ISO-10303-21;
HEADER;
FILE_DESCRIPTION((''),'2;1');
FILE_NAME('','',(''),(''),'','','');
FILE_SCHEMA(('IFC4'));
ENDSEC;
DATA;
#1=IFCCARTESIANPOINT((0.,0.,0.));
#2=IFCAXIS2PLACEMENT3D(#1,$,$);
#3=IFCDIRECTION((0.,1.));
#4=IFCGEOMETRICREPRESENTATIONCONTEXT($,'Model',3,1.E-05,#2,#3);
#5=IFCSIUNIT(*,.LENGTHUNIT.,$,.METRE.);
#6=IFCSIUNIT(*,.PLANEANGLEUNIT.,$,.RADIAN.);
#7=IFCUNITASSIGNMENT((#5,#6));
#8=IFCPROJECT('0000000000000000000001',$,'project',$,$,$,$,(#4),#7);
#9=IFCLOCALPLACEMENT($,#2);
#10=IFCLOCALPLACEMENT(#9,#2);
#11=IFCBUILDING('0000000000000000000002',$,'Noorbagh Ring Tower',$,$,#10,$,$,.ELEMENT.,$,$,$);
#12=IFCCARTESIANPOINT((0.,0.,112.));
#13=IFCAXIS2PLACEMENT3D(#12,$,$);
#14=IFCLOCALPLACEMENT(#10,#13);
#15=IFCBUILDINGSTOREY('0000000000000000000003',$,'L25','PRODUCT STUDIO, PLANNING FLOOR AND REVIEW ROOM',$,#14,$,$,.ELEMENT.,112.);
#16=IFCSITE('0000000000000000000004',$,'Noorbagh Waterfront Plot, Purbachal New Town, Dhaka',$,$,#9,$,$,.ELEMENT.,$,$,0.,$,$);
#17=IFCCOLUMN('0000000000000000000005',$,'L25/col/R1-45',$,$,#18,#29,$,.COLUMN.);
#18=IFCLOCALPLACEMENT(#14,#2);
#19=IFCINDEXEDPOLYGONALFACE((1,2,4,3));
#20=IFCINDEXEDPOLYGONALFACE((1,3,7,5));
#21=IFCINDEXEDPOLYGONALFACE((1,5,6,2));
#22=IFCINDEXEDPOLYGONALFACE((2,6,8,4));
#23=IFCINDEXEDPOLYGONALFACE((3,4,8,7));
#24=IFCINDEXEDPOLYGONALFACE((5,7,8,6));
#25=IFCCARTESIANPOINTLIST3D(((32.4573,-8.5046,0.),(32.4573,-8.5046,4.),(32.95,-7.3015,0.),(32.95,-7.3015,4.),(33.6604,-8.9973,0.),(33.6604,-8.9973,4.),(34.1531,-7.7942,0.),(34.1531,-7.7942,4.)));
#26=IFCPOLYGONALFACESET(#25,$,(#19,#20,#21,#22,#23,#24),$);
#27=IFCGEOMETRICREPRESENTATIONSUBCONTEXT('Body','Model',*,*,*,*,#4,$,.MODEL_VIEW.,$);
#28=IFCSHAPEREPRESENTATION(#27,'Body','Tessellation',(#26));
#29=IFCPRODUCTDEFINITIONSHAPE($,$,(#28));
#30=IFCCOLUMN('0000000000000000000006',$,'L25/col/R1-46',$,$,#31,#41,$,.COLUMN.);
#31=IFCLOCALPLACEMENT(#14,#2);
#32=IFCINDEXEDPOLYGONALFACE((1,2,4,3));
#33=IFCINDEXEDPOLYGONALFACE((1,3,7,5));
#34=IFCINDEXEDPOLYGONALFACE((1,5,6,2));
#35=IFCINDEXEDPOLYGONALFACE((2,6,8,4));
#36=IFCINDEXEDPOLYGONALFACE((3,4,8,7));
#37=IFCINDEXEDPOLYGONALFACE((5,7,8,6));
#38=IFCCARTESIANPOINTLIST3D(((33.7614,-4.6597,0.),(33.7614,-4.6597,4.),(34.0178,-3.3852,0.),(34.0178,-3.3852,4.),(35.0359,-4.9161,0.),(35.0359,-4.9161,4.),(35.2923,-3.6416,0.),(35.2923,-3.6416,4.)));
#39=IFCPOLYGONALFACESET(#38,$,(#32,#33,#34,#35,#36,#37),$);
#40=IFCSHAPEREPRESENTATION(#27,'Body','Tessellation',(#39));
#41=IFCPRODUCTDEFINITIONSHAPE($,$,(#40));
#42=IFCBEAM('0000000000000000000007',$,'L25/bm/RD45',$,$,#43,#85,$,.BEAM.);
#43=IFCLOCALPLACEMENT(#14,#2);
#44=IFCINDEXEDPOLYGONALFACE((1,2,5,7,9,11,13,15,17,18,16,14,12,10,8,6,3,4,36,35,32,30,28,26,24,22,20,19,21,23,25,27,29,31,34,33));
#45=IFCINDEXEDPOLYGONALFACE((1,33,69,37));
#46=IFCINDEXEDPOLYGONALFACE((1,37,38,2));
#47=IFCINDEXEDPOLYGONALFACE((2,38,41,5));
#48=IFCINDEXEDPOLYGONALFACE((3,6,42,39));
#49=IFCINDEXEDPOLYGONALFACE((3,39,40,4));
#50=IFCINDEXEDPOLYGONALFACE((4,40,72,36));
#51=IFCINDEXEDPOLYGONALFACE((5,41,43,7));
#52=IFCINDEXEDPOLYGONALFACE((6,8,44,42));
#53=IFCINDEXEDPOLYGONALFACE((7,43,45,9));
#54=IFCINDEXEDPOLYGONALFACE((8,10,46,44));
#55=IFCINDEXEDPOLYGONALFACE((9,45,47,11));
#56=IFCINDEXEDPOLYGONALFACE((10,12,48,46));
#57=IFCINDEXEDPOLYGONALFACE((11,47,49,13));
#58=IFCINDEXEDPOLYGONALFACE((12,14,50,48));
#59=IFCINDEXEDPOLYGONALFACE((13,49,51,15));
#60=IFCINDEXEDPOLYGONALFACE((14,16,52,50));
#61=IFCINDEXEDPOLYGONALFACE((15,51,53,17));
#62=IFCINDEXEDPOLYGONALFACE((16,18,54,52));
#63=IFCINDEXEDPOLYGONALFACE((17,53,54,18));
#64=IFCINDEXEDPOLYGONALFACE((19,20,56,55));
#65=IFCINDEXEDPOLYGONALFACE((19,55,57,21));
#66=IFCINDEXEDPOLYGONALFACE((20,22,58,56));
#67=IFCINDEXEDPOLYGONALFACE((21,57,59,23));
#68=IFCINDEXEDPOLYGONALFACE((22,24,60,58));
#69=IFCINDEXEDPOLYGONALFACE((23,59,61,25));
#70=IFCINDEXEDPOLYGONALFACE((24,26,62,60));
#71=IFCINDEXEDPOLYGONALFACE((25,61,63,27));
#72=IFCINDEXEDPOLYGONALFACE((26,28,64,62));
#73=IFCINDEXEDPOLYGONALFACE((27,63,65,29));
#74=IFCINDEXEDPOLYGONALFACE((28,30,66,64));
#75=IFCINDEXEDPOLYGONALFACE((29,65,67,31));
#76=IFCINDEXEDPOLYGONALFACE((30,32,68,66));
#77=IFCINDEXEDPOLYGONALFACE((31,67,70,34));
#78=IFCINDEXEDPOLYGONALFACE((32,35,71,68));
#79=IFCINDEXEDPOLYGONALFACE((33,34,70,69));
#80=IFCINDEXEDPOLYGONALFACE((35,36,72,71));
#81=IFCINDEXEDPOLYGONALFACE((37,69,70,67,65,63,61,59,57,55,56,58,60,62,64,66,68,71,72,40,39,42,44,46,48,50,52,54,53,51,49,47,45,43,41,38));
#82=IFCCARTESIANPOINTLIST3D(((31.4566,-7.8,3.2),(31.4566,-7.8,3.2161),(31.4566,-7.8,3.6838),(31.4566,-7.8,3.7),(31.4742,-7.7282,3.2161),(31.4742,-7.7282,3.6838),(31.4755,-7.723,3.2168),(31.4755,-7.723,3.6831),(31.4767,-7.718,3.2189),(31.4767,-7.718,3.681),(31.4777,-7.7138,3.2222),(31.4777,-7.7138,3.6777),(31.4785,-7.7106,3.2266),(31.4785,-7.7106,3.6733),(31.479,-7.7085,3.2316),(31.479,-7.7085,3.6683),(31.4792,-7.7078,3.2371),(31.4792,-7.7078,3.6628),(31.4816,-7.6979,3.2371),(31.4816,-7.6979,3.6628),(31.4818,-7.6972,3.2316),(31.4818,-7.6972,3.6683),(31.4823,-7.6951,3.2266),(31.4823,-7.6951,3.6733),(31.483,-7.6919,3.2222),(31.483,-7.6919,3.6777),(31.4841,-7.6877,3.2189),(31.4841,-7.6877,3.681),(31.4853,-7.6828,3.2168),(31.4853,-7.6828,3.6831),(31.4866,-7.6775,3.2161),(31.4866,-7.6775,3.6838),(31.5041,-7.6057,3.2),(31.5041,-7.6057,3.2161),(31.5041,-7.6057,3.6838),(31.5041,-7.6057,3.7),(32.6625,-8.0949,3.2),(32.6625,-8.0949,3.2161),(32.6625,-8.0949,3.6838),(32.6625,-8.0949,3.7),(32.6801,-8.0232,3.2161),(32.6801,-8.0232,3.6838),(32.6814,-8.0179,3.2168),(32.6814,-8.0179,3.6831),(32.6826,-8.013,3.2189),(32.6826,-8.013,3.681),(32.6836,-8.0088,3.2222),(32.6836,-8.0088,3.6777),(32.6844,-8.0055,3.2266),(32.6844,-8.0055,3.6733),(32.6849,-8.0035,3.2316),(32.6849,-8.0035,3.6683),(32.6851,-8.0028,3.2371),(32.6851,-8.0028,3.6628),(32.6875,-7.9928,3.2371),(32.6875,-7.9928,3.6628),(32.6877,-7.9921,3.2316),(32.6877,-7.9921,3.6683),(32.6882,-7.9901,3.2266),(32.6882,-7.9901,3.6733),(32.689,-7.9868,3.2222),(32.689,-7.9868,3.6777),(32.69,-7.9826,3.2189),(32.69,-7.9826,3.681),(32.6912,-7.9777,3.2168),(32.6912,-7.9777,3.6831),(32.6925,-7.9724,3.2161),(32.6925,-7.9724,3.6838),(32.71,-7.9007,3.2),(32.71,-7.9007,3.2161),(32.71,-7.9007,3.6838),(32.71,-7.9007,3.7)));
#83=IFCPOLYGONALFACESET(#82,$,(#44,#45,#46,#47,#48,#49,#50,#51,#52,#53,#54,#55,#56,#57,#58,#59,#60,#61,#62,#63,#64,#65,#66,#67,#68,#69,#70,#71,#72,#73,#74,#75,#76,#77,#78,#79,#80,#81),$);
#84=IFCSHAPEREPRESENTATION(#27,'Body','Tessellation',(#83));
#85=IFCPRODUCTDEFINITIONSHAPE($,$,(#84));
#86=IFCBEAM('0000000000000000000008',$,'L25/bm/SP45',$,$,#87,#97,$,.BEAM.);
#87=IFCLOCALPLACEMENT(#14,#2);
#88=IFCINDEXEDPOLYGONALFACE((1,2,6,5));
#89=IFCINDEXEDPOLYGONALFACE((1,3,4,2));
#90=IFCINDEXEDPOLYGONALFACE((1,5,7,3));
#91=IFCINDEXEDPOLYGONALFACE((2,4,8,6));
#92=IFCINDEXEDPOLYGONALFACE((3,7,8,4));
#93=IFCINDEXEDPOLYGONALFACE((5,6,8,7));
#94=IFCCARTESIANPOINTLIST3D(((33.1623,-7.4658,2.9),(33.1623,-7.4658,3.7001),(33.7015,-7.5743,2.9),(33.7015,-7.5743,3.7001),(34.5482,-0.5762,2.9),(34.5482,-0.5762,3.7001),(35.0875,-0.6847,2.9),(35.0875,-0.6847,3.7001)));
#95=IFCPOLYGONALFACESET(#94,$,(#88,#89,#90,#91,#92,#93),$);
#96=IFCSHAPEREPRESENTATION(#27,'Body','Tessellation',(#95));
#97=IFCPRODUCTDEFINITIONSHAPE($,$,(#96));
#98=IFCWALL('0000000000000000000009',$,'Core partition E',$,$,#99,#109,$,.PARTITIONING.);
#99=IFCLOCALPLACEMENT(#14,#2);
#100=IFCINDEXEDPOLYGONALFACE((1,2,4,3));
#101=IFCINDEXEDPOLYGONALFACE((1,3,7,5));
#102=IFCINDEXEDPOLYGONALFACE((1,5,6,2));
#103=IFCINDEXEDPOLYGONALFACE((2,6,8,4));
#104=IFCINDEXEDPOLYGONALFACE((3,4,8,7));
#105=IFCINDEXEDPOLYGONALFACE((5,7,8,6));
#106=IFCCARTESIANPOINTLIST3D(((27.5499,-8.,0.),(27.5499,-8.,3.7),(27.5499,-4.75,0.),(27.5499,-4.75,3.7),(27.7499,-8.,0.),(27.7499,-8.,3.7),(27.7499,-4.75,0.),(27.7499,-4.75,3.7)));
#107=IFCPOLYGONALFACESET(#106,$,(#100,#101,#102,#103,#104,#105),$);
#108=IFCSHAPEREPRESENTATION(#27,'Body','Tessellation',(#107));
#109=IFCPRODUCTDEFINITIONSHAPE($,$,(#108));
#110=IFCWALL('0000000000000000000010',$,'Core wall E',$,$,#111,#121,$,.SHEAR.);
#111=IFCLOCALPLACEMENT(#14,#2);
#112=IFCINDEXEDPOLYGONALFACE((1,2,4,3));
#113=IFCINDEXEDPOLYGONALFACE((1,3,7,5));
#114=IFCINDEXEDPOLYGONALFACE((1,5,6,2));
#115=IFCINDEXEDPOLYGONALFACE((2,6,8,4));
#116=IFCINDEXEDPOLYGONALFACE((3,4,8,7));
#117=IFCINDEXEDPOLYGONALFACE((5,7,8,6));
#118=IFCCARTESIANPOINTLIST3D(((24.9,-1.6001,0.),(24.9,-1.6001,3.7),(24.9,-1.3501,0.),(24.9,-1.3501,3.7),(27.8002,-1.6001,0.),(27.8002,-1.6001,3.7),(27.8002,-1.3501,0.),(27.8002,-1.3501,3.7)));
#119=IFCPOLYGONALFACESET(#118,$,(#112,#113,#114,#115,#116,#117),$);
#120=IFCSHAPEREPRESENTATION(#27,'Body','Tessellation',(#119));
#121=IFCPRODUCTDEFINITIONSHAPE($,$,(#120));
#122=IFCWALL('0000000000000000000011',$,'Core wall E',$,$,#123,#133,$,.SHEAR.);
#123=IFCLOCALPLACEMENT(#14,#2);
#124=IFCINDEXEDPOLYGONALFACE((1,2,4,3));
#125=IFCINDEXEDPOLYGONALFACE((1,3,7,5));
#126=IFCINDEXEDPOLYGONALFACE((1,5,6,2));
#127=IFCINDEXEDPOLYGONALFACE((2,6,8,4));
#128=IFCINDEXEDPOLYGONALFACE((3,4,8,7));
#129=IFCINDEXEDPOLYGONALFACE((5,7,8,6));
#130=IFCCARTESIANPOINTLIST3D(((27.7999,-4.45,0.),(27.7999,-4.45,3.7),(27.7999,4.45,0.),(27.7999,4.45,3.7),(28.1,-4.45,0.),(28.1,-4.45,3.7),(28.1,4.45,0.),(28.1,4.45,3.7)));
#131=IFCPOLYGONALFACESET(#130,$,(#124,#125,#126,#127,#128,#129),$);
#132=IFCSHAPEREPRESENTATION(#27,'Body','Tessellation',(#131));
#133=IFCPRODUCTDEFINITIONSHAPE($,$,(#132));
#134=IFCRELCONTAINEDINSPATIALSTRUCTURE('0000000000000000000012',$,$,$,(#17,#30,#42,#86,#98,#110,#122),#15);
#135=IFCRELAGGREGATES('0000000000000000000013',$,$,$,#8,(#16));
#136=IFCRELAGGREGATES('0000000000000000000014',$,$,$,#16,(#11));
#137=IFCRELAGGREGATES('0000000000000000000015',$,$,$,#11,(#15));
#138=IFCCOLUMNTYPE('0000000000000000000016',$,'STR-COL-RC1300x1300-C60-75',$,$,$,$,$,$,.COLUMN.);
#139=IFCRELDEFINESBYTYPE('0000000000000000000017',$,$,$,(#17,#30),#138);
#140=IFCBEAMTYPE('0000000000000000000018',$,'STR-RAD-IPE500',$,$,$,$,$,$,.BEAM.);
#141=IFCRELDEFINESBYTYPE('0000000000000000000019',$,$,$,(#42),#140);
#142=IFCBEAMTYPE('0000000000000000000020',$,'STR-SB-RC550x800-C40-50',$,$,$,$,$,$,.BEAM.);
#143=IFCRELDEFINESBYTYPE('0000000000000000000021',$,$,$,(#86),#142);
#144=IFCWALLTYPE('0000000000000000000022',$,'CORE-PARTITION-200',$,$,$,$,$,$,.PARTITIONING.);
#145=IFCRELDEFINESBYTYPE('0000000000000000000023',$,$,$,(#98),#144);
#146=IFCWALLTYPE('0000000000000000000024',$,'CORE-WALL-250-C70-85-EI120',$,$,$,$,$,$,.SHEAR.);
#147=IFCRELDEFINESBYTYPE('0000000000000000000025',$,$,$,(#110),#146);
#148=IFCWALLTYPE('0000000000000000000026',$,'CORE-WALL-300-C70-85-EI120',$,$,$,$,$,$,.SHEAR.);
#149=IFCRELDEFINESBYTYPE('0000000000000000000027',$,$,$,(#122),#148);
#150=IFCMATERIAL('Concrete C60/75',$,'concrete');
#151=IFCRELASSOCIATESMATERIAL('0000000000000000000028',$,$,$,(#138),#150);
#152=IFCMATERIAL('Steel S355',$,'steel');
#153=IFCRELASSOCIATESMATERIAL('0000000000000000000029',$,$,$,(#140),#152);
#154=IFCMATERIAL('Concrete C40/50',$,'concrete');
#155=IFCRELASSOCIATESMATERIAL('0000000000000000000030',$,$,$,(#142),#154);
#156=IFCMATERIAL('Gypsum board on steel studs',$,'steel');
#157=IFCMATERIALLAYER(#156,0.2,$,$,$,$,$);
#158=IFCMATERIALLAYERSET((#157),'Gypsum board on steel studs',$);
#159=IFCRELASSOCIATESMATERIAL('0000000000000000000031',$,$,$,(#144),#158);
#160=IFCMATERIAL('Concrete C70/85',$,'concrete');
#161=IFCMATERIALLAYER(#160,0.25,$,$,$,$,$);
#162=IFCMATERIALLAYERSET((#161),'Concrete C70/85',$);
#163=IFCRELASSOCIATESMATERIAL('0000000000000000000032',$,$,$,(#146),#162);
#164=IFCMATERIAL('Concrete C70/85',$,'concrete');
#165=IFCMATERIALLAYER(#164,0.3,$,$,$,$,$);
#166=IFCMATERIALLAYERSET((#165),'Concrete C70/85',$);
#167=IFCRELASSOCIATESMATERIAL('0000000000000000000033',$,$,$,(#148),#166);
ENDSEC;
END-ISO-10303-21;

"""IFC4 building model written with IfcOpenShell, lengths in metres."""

from ifc_helpers import new_model, si_unit, direction, frame, frame_2d, origin, origin_2d, place, context, subcontext, project, spatial, rectangle, i_section, extrude, material, layer, layer_set, material_profile, profile_set, type_object, element, save


model = new_model("IFC4")

# Units and contexts
model_context = context("Model", 3, precision=1e-05, world=origin(), true_north=direction((0.0, 1.0)))
body_context = subcontext(model_context, "Body", "Model", "MODEL_VIEW")
ifc_project = project(units=[si_unit("LENGTHUNIT", "METRE"), si_unit("PLANEANGLEUNIT", "RADIAN")], contexts=[model_context])

# Site, building, storey
site_placement = place(None, origin())
site = spatial("IfcSite", under=ifc_project, at=site_placement, Name="Noorbagh Waterfront Plot, Purbachal New Town, Dhaka", CompositionType="ELEMENT", RefElevation=0.0)
building_placement = place(site_placement, origin())
building = spatial("IfcBuilding", under=site, at=building_placement, Name="Noorbagh Ring Tower", CompositionType="ELEMENT")
storey_placement = place(building_placement, frame((0.0, 0.0, 112.0)))
storey = spatial("IfcBuildingStorey", under=building, at=storey_placement, Name="L25", Description="PRODUCT STUDIO, PLANNING FLOOR AND REVIEW ROOM", CompositionType="ELEMENT", Elevation=112.0)

# Columns
ifc_material_1 = material(Name="Concrete C60/75", Category="concrete")
ifc_material_profile_1 = material_profile(ifc_material_1, rectangle(XDim=1.3, YDim=1.3, at=origin_2d()), Name="RC1300x1300")
ifc_profile_set_1 = profile_set([ifc_material_profile_1], Name="Concrete C60/75")
column_type = type_object("IfcColumnType", Name="STR-COL-RC1300x1300-C60-75", PredefinedType="COLUMN", material=ifc_profile_set_1)
for number, where, z_axis, x_axis, name in (
    (1, (33.3052, -8.1494, 0.0), (0.0, 0.0, 1.0), (0.378989, 0.925401, 0.0), "L25/col/R1-45"),
    (2, (34.5269, -4.1506, 0.0), (0.0, 0.0, 1.0), (0.19723, 0.980357, 0.0), "L25/col/R1-46"),
):
    element("IfcColumn", number, at=place(storey_placement, frame(where, z_axis=z_axis, x_axis=x_axis)), inside=storey, type_object=column_type, Name=name, PredefinedType="COLUMN", context=body_context, shape_type="SweptSolid", body=[
        extrude(rectangle(XDim=1.3, YDim=1.3, at=origin_2d()), origin(), (0.0, 0.0, 1.0), 4.0),
    ])

# Beams
ifc_material_2 = material(Name="Steel S355", Category="steel")
ifc_material_profile_2 = material_profile(ifc_material_2, i_section(OverallWidth=0.2, OverallDepth=0.5, WebThickness=0.0103, FlangeThickness=0.0161, FilletRadius=0.021, at=origin_2d()), Name="IPE500")
ifc_profile_set_2 = profile_set([ifc_material_profile_2], Name="Steel S355")
beam_type_1 = type_object("IfcBeamType", Name="STR-RAD-IPE500", PredefinedType="BEAM", material=ifc_profile_set_2)
beam_1_placement = place(storey_placement, frame((32.6863, -7.9978, 3.45), z_axis=(-0.971368, 0.237581, 0.0), x_axis=(-0.237581, -0.971368, 0.0)))
element("IfcBeam", 3, at=beam_1_placement, inside=storey, type_object=beam_type_1, Name="L25/bm/RD45", PredefinedType="BEAM", context=body_context, shape_type="SweptSolid", body=[
    extrude(i_section(OverallWidth=0.2, OverallDepth=0.5, WebThickness=0.0103, FlangeThickness=0.0161, FilletRadius=0.021, at=origin_2d()), origin(), (0.0, 0.0, 1.0), 1.2415),
])
ifc_material_3 = material(Name="Concrete C40/50", Category="concrete")
ifc_material_profile_3 = material_profile(ifc_material_3, rectangle(XDim=0.55, YDim=0.8, at=origin_2d()), Name="RC550x800")
ifc_profile_set_3 = profile_set([ifc_material_profile_3], Name="Concrete C40/50")
beam_type_2 = type_object("IfcBeamType", Name="STR-SB-RC550x800-C40-50", PredefinedType="BEAM", material=ifc_profile_set_3)
beam_2_placement = place(storey_placement, frame((33.4319, -7.52, 3.3), z_axis=(0.197218, 0.98036, 0.0), x_axis=(-0.98036, 0.197218, 0.0)))
element("IfcBeam", 4, at=beam_2_placement, inside=storey, type_object=beam_type_2, Name="L25/bm/SP45", PredefinedType="BEAM", context=body_context, shape_type="SweptSolid", body=[
    extrude(rectangle(XDim=0.55, YDim=0.8, at=origin_2d()), origin(), (0.0, 0.0, 1.0), 7.0276),
])

# Walls
ifc_material_4 = material(Name="Gypsum board on steel studs", Category="steel")
ifc_layer_1 = layer(ifc_material_4, 0.2)
ifc_layer_set_1 = layer_set([ifc_layer_1], Name="Gypsum board on steel studs")
wall_type_1 = type_object("IfcWallType", Name="CORE-PARTITION-200", PredefinedType="PARTITIONING", material=ifc_layer_set_1)
wall_1_placement = place(storey_placement, frame((27.6499, -8.0, 0.0), z_axis=(0.0, 0.0, 1.0), x_axis=(0.0, 1.0, 0.0)))
element("IfcWall", 5, at=wall_1_placement, inside=storey, type_object=wall_type_1, Name="Core partition E", PredefinedType="PARTITIONING", context=body_context, shape_type="SweptSolid", body=[
    extrude(rectangle(XDim=3.25, YDim=0.2, at=frame_2d((1.625, 0.0))), origin(), (0.0, 0.0, 1.0), 3.7),
])
ifc_material_5 = material(Name="Concrete C70/85", Category="concrete")
ifc_layer_2 = layer(ifc_material_5, 0.25)
ifc_layer_set_2 = layer_set([ifc_layer_2], Name="Concrete C70/85")
wall_type_2 = type_object("IfcWallType", Name="CORE-WALL-250-C70-85-EI120", PredefinedType="SHEAR", material=ifc_layer_set_2)
wall_2_placement = place(storey_placement, frame((24.8999, -1.4751, 0.0), z_axis=(0.0, 0.0, 1.0), x_axis=(1.0, 0.0, 0.0)))
element("IfcWall", 6, at=wall_2_placement, inside=storey, type_object=wall_type_2, Name="Core wall E", PredefinedType="SHEAR", context=body_context, shape_type="SweptSolid", body=[
    extrude(rectangle(XDim=2.9001, YDim=0.25, at=frame_2d((1.4502, 0.0))), origin(), (0.0, 0.0, 1.0), 3.7),
])
ifc_material_6 = material(Name="Concrete C70/85", Category="concrete")
ifc_layer_3 = layer(ifc_material_6, 0.3)
ifc_layer_set_3 = layer_set([ifc_layer_3], Name="Concrete C70/85")
wall_type_3 = type_object("IfcWallType", Name="CORE-WALL-300-C70-85-EI120", PredefinedType="SHEAR", material=ifc_layer_set_3)
wall_3_placement = place(storey_placement, frame((27.95, -4.45, 0.0), z_axis=(0.0, 0.0, 1.0), x_axis=(0.0, 1.0, 0.0)))
element("IfcWall", 7, at=wall_3_placement, inside=storey, type_object=wall_type_3, Name="Core wall E", PredefinedType="SHEAR", context=body_context, shape_type="SweptSolid", body=[
    extrude(rectangle(XDim=8.8999, YDim=0.3, at=frame_2d((4.45, 0.0))), origin(), (0.0, 0.0, 1.0), 3.7),
])

save(model, "model.ifc")
